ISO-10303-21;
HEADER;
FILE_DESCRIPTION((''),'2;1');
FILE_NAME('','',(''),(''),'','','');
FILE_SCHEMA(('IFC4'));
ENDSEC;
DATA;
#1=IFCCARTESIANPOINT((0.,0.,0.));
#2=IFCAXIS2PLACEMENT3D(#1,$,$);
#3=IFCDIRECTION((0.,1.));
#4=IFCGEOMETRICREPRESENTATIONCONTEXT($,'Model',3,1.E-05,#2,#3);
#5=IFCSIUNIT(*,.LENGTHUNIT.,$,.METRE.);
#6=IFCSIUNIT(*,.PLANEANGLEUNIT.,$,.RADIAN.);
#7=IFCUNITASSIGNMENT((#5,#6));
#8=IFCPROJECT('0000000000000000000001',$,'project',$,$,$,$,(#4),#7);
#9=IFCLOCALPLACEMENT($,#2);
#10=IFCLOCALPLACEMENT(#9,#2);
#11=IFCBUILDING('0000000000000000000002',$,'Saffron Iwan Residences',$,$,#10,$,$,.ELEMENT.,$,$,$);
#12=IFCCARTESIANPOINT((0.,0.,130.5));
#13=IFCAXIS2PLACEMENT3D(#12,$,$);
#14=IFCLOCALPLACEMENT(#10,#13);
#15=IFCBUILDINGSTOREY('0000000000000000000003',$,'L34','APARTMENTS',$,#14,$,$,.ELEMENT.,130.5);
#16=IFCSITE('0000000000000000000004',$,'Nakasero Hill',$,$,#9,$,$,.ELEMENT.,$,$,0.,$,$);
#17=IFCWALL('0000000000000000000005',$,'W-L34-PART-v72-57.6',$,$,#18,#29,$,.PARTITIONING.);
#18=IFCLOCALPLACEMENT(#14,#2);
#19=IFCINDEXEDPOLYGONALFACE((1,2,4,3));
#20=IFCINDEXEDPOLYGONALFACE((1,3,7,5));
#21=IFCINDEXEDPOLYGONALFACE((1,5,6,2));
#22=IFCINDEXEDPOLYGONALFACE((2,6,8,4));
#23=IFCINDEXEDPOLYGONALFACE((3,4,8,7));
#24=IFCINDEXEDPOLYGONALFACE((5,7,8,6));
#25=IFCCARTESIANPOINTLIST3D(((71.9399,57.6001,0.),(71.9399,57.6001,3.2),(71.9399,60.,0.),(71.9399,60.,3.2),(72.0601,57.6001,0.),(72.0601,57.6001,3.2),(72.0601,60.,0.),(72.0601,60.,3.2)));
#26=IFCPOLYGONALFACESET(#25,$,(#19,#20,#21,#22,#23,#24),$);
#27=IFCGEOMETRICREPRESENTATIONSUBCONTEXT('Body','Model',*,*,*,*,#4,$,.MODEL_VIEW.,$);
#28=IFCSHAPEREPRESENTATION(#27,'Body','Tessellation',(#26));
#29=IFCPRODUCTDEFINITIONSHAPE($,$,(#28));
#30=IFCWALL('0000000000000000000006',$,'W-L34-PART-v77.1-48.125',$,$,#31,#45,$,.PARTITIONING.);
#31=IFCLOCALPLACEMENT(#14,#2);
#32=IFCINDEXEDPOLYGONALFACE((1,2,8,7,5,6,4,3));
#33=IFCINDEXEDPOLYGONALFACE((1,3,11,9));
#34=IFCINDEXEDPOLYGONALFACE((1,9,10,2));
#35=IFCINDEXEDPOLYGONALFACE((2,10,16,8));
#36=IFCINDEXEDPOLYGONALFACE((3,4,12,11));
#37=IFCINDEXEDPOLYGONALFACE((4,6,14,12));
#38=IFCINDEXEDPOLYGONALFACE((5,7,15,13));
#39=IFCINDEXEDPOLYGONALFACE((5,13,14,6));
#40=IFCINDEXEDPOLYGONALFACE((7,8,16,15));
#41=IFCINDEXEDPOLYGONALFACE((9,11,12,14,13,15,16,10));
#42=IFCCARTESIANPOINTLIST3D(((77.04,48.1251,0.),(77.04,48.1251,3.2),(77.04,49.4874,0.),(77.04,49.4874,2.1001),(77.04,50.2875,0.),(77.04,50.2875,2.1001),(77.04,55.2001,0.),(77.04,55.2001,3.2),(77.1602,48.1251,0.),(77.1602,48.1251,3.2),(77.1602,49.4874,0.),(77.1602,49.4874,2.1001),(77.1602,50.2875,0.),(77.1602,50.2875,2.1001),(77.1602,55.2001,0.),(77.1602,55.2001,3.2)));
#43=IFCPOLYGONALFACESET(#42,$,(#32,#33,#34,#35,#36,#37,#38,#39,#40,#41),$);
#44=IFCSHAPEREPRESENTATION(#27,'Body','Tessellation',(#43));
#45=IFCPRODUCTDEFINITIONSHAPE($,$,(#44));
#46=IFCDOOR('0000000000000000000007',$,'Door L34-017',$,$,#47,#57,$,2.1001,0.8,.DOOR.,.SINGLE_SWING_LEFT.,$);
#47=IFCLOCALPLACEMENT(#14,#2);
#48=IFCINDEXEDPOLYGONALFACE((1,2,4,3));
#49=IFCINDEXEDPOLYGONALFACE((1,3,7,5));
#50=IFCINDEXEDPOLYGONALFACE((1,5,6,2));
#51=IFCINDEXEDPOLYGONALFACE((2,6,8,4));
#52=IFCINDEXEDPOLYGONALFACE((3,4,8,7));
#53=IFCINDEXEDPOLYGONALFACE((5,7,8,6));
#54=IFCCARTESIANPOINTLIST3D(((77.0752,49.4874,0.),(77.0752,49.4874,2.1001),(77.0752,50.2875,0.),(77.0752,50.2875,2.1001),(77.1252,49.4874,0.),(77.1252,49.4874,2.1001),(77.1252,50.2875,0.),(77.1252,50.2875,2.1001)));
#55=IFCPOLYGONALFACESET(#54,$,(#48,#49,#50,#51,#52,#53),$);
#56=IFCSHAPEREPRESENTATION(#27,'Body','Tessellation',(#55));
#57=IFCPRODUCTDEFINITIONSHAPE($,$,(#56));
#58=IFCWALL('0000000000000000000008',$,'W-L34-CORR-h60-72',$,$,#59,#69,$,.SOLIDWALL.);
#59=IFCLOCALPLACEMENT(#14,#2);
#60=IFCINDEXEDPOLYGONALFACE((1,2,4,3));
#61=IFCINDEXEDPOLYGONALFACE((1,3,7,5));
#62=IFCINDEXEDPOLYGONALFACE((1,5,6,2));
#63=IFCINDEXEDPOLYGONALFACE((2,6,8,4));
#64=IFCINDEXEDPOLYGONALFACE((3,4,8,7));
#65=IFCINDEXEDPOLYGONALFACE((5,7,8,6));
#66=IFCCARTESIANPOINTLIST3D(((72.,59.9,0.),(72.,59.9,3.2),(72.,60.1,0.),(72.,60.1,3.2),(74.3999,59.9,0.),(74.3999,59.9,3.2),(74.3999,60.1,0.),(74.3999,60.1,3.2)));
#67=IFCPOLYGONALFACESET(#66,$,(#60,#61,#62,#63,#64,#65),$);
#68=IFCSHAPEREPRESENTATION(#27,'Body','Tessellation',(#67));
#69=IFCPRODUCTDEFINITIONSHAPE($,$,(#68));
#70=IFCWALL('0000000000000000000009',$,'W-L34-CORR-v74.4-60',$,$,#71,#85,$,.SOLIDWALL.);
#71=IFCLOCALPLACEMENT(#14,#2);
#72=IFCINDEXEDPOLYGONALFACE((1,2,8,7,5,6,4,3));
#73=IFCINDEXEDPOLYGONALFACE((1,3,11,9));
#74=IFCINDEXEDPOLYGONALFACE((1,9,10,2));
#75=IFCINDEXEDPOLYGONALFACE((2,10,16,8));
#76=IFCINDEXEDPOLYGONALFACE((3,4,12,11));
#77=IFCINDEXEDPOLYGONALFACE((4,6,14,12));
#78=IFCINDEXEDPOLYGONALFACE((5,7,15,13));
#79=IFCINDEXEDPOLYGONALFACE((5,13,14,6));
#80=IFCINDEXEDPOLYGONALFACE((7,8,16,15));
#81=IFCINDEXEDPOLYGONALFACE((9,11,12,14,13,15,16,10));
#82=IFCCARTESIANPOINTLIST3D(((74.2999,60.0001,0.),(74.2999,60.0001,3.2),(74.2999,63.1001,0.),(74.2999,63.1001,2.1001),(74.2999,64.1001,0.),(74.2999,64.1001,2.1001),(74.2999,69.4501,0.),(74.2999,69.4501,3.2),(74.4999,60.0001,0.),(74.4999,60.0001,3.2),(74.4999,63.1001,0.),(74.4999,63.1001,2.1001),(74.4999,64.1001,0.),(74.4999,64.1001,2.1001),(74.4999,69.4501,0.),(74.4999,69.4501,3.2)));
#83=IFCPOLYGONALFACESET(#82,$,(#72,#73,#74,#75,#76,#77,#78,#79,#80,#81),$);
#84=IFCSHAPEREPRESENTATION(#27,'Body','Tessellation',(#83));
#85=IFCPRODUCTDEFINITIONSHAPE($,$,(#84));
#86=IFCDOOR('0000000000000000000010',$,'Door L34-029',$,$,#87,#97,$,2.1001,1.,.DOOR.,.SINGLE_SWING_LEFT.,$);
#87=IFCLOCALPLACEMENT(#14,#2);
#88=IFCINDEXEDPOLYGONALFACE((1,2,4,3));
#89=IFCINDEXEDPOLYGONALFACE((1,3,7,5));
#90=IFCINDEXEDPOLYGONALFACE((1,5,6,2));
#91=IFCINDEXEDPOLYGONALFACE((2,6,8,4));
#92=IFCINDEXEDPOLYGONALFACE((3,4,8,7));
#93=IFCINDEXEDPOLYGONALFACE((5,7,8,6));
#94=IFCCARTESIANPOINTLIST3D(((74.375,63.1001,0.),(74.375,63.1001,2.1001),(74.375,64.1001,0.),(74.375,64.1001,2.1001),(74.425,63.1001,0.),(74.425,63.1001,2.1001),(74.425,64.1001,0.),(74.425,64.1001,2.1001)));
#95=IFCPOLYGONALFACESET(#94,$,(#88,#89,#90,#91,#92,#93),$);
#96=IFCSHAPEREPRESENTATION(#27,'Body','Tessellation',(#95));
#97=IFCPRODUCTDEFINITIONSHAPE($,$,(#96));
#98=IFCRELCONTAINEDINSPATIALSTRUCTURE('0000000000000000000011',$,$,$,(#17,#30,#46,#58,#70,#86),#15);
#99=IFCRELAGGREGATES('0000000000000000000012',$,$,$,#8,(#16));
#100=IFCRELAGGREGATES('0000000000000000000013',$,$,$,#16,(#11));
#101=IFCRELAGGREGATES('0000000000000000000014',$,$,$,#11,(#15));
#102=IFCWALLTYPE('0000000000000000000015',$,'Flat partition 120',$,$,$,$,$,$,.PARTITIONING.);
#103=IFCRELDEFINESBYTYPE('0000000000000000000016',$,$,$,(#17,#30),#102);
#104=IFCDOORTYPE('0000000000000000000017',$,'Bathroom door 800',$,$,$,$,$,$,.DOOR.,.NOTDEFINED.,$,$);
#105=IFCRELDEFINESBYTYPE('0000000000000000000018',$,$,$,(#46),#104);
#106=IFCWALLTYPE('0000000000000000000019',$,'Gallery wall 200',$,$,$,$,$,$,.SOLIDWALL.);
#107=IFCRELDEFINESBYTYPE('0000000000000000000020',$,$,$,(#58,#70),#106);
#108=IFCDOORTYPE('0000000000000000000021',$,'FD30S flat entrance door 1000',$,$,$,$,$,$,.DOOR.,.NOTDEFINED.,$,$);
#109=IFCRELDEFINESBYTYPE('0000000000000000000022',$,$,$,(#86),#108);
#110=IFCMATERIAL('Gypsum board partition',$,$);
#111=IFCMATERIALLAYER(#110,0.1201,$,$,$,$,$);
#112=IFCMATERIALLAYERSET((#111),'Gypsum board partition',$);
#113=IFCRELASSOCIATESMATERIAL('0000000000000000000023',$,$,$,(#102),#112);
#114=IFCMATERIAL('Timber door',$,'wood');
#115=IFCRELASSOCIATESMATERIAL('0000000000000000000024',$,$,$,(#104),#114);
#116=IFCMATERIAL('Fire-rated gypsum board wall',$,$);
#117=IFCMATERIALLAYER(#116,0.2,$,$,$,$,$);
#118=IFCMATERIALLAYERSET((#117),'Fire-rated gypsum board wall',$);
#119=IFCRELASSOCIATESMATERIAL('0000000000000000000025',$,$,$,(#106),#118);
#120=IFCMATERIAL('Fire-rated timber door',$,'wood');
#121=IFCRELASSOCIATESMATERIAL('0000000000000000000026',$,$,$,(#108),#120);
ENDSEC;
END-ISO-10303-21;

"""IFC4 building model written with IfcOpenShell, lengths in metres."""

from ifc_helpers import new_model, si_unit, direction, frame, frame_2d, origin, place, context, subcontext, project, spatial, rectangle, extrude, material, layer, layer_set, type_object, element, fill, save


model = new_model("IFC4")

# Units and contexts
model_context = context("Model", 3, precision=1e-05, world=origin(), true_north=direction((0.0, 1.0)))
body_context = subcontext(model_context, "Body", "Model", "MODEL_VIEW")
ifc_project = project(units=[si_unit("LENGTHUNIT", "METRE"), si_unit("PLANEANGLEUNIT", "RADIAN")], contexts=[model_context])

# Site, building, storey
site_placement = place(None, origin())
site = spatial("IfcSite", under=ifc_project, at=site_placement, Name="Nakasero Hill", CompositionType="ELEMENT", RefElevation=0.0)
building_placement = place(site_placement, origin())
building = spatial("IfcBuilding", under=site, at=building_placement, Name="Saffron Iwan Residences", CompositionType="ELEMENT")
storey_placement = place(building_placement, frame((0.0, 0.0, 130.5)))
storey = spatial("IfcBuildingStorey", under=building, at=storey_placement, Name="L34", Description="APARTMENTS", CompositionType="ELEMENT", Elevation=130.5)

# Shared definitions
ifc_material_1 = material(Name="Gypsum board partition")
ifc_layer_1 = layer(ifc_material_1, 0.1201)
ifc_layer_set_1 = layer_set([ifc_layer_1], Name="Gypsum board partition")
wall_type_1 = type_object("IfcWallType", Name="Flat partition 120", PredefinedType="PARTITIONING", material=ifc_layer_set_1)

# Shared definitions
ifc_material_2 = material(Name="Timber door", Category="wood")

# Shared definitions
door_type_1 = type_object("IfcDoorType", Name="Bathroom door 800", OperationType="NOTDEFINED", PredefinedType="DOOR", material=ifc_material_2)

# Wall
wall_1_placement = place(storey_placement, frame((72.0, 57.6001, 0.0), z_axis=(0.0, 0.0, 1.0), x_axis=(0.0, 1.0, 0.0)))
element("IfcWall", 1, at=wall_1_placement, inside=storey, type_object=wall_type_1, Name="W-L34-PART-v72-57.6", PredefinedType="PARTITIONING", context=body_context, shape_type="SweptSolid", body=[
    extrude(rectangle(XDim=2.3999, YDim=0.1201, at=frame_2d((1.2, 0.0))), origin(), (0.0, 0.0, 1.0), 3.2),
])

# Wall, opening, door
wall_2_placement = place(storey_placement, frame((77.1001, 48.125, 0.0), z_axis=(0.0, 0.0, 1.0), x_axis=(0.0, 1.0, 0.0)))
wall_2 = element("IfcWall", 2, at=wall_2_placement, inside=storey, type_object=wall_type_1, Name="W-L34-PART-v77.1-48.125", PredefinedType="PARTITIONING", context=body_context, shape_type="SweptSolid", body=[
    extrude(rectangle(XDim=7.075, YDim=0.1201, at=frame_2d((3.5376, 0.0))), origin(), (0.0, 0.0, 1.0), 3.2),
])
opening_1_placement = place(wall_2_placement, frame((1.3625, 0.0, 0.0)))
opening_1 = element("IfcOpeningElement", 3, at=opening_1_placement, cuts=wall_2, PredefinedType="OPENING", context=body_context, shape_type="SweptSolid", body=[
    extrude(rectangle(XDim=0.8, YDim=2.1001, at=frame_2d((0.3999, 1.05))), frame((0.0, 0.0701, 0.0), z_axis=(0.0, -1.0, 0.0), x_axis=(1.0, 0.0, 0.0)), (0.0, 0.0, 1.0), 0.1401),
])
door_1_placement = place(opening_1_placement, origin())
door_1 = element("IfcDoor", 4, at=door_1_placement, inside=storey, type_object=door_type_1, Name="Door L34-017", OperationType="SINGLE_SWING_LEFT", OverallHeight=2.1001, OverallWidth=0.8, PredefinedType="DOOR", context=body_context, shape_type="SweptSolid", body=[
    extrude(rectangle(XDim=0.8, YDim=2.1001, at=frame_2d((0.3999, 1.05))), frame((0.0, 0.0249, 0.0), z_axis=(0.0, -1.0, 0.0), x_axis=(1.0, 0.0, 0.0)), (0.0, 0.0, 1.0), 0.05),
])
fill(opening_1, door_1)

# Wall
ifc_material_3 = material(Name="Fire-rated gypsum board wall")
ifc_layer_2 = layer(ifc_material_3, 0.2)
ifc_layer_set_2 = layer_set([ifc_layer_2], Name="Fire-rated gypsum board wall")
wall_type_2 = type_object("IfcWallType", Name="Gallery wall 200", PredefinedType="SOLIDWALL", material=ifc_layer_set_2)
wall_3_placement = place(storey_placement, frame((72.0, 60.0, 0.0), z_axis=(0.0, 0.0, 1.0), x_axis=(1.0, 0.0, 0.0)))
element("IfcWall", 5, at=wall_3_placement, inside=storey, type_object=wall_type_2, Name="W-L34-CORR-h60-72", PredefinedType="SOLIDWALL", context=body_context, shape_type="SweptSolid", body=[
    extrude(rectangle(XDim=2.3999, YDim=0.2, at=frame_2d((1.2, 0.0))), origin(), (0.0, 0.0, 1.0), 3.2),
])

# Wall, opening, door
wall_4_placement = place(storey_placement, frame((74.3999, 60.0, 0.0), z_axis=(0.0, 0.0, 1.0), x_axis=(0.0, 1.0, 0.0)))
wall_4 = element("IfcWall", 6, at=wall_4_placement, inside=storey, type_object=wall_type_2, Name="W-L34-CORR-v74.4-60", PredefinedType="SOLIDWALL", context=body_context, shape_type="SweptSolid", body=[
    extrude(rectangle(XDim=9.45, YDim=0.2, at=frame_2d((4.7251, 0.0))), origin(), (0.0, 0.0, 1.0), 3.2),
])
opening_2_placement = place(wall_4_placement, frame((3.1001, 0.0, 0.0)))
opening_2 = element("IfcOpeningElement", 7, at=opening_2_placement, cuts=wall_4, PredefinedType="OPENING", context=body_context, shape_type="SweptSolid", body=[
    extrude(rectangle(XDim=1.0, YDim=2.1001, at=frame_2d((0.5, 1.05))), frame((0.0, 0.1099, 0.0), z_axis=(0.0, -1.0, 0.0), x_axis=(1.0, 0.0, 0.0)), (0.0, 0.0, 1.0), 0.22),
])
ifc_material_4 = material(Name="Fire-rated timber door", Category="wood")
door_type_2 = type_object("IfcDoorType", Name="FD30S flat entrance door 1000", OperationType="NOTDEFINED", PredefinedType="DOOR", material=ifc_material_4)
door_2_placement = place(opening_2_placement, origin())
door_2 = element("IfcDoor", 8, at=door_2_placement, inside=storey, type_object=door_type_2, Name="Door L34-029", OperationType="SINGLE_SWING_LEFT", OverallHeight=2.1001, OverallWidth=1.0, PredefinedType="DOOR", context=body_context, shape_type="SweptSolid", body=[
    extrude(rectangle(XDim=1.0, YDim=2.1001, at=frame_2d((0.5, 1.05))), frame((0.0, 0.0249, 0.0), z_axis=(0.0, -1.0, 0.0), x_axis=(1.0, 0.0, 0.0)), (0.0, 0.0, 1.0), 0.05),
])
fill(opening_2, door_2)

save(model, "model.ifc")
